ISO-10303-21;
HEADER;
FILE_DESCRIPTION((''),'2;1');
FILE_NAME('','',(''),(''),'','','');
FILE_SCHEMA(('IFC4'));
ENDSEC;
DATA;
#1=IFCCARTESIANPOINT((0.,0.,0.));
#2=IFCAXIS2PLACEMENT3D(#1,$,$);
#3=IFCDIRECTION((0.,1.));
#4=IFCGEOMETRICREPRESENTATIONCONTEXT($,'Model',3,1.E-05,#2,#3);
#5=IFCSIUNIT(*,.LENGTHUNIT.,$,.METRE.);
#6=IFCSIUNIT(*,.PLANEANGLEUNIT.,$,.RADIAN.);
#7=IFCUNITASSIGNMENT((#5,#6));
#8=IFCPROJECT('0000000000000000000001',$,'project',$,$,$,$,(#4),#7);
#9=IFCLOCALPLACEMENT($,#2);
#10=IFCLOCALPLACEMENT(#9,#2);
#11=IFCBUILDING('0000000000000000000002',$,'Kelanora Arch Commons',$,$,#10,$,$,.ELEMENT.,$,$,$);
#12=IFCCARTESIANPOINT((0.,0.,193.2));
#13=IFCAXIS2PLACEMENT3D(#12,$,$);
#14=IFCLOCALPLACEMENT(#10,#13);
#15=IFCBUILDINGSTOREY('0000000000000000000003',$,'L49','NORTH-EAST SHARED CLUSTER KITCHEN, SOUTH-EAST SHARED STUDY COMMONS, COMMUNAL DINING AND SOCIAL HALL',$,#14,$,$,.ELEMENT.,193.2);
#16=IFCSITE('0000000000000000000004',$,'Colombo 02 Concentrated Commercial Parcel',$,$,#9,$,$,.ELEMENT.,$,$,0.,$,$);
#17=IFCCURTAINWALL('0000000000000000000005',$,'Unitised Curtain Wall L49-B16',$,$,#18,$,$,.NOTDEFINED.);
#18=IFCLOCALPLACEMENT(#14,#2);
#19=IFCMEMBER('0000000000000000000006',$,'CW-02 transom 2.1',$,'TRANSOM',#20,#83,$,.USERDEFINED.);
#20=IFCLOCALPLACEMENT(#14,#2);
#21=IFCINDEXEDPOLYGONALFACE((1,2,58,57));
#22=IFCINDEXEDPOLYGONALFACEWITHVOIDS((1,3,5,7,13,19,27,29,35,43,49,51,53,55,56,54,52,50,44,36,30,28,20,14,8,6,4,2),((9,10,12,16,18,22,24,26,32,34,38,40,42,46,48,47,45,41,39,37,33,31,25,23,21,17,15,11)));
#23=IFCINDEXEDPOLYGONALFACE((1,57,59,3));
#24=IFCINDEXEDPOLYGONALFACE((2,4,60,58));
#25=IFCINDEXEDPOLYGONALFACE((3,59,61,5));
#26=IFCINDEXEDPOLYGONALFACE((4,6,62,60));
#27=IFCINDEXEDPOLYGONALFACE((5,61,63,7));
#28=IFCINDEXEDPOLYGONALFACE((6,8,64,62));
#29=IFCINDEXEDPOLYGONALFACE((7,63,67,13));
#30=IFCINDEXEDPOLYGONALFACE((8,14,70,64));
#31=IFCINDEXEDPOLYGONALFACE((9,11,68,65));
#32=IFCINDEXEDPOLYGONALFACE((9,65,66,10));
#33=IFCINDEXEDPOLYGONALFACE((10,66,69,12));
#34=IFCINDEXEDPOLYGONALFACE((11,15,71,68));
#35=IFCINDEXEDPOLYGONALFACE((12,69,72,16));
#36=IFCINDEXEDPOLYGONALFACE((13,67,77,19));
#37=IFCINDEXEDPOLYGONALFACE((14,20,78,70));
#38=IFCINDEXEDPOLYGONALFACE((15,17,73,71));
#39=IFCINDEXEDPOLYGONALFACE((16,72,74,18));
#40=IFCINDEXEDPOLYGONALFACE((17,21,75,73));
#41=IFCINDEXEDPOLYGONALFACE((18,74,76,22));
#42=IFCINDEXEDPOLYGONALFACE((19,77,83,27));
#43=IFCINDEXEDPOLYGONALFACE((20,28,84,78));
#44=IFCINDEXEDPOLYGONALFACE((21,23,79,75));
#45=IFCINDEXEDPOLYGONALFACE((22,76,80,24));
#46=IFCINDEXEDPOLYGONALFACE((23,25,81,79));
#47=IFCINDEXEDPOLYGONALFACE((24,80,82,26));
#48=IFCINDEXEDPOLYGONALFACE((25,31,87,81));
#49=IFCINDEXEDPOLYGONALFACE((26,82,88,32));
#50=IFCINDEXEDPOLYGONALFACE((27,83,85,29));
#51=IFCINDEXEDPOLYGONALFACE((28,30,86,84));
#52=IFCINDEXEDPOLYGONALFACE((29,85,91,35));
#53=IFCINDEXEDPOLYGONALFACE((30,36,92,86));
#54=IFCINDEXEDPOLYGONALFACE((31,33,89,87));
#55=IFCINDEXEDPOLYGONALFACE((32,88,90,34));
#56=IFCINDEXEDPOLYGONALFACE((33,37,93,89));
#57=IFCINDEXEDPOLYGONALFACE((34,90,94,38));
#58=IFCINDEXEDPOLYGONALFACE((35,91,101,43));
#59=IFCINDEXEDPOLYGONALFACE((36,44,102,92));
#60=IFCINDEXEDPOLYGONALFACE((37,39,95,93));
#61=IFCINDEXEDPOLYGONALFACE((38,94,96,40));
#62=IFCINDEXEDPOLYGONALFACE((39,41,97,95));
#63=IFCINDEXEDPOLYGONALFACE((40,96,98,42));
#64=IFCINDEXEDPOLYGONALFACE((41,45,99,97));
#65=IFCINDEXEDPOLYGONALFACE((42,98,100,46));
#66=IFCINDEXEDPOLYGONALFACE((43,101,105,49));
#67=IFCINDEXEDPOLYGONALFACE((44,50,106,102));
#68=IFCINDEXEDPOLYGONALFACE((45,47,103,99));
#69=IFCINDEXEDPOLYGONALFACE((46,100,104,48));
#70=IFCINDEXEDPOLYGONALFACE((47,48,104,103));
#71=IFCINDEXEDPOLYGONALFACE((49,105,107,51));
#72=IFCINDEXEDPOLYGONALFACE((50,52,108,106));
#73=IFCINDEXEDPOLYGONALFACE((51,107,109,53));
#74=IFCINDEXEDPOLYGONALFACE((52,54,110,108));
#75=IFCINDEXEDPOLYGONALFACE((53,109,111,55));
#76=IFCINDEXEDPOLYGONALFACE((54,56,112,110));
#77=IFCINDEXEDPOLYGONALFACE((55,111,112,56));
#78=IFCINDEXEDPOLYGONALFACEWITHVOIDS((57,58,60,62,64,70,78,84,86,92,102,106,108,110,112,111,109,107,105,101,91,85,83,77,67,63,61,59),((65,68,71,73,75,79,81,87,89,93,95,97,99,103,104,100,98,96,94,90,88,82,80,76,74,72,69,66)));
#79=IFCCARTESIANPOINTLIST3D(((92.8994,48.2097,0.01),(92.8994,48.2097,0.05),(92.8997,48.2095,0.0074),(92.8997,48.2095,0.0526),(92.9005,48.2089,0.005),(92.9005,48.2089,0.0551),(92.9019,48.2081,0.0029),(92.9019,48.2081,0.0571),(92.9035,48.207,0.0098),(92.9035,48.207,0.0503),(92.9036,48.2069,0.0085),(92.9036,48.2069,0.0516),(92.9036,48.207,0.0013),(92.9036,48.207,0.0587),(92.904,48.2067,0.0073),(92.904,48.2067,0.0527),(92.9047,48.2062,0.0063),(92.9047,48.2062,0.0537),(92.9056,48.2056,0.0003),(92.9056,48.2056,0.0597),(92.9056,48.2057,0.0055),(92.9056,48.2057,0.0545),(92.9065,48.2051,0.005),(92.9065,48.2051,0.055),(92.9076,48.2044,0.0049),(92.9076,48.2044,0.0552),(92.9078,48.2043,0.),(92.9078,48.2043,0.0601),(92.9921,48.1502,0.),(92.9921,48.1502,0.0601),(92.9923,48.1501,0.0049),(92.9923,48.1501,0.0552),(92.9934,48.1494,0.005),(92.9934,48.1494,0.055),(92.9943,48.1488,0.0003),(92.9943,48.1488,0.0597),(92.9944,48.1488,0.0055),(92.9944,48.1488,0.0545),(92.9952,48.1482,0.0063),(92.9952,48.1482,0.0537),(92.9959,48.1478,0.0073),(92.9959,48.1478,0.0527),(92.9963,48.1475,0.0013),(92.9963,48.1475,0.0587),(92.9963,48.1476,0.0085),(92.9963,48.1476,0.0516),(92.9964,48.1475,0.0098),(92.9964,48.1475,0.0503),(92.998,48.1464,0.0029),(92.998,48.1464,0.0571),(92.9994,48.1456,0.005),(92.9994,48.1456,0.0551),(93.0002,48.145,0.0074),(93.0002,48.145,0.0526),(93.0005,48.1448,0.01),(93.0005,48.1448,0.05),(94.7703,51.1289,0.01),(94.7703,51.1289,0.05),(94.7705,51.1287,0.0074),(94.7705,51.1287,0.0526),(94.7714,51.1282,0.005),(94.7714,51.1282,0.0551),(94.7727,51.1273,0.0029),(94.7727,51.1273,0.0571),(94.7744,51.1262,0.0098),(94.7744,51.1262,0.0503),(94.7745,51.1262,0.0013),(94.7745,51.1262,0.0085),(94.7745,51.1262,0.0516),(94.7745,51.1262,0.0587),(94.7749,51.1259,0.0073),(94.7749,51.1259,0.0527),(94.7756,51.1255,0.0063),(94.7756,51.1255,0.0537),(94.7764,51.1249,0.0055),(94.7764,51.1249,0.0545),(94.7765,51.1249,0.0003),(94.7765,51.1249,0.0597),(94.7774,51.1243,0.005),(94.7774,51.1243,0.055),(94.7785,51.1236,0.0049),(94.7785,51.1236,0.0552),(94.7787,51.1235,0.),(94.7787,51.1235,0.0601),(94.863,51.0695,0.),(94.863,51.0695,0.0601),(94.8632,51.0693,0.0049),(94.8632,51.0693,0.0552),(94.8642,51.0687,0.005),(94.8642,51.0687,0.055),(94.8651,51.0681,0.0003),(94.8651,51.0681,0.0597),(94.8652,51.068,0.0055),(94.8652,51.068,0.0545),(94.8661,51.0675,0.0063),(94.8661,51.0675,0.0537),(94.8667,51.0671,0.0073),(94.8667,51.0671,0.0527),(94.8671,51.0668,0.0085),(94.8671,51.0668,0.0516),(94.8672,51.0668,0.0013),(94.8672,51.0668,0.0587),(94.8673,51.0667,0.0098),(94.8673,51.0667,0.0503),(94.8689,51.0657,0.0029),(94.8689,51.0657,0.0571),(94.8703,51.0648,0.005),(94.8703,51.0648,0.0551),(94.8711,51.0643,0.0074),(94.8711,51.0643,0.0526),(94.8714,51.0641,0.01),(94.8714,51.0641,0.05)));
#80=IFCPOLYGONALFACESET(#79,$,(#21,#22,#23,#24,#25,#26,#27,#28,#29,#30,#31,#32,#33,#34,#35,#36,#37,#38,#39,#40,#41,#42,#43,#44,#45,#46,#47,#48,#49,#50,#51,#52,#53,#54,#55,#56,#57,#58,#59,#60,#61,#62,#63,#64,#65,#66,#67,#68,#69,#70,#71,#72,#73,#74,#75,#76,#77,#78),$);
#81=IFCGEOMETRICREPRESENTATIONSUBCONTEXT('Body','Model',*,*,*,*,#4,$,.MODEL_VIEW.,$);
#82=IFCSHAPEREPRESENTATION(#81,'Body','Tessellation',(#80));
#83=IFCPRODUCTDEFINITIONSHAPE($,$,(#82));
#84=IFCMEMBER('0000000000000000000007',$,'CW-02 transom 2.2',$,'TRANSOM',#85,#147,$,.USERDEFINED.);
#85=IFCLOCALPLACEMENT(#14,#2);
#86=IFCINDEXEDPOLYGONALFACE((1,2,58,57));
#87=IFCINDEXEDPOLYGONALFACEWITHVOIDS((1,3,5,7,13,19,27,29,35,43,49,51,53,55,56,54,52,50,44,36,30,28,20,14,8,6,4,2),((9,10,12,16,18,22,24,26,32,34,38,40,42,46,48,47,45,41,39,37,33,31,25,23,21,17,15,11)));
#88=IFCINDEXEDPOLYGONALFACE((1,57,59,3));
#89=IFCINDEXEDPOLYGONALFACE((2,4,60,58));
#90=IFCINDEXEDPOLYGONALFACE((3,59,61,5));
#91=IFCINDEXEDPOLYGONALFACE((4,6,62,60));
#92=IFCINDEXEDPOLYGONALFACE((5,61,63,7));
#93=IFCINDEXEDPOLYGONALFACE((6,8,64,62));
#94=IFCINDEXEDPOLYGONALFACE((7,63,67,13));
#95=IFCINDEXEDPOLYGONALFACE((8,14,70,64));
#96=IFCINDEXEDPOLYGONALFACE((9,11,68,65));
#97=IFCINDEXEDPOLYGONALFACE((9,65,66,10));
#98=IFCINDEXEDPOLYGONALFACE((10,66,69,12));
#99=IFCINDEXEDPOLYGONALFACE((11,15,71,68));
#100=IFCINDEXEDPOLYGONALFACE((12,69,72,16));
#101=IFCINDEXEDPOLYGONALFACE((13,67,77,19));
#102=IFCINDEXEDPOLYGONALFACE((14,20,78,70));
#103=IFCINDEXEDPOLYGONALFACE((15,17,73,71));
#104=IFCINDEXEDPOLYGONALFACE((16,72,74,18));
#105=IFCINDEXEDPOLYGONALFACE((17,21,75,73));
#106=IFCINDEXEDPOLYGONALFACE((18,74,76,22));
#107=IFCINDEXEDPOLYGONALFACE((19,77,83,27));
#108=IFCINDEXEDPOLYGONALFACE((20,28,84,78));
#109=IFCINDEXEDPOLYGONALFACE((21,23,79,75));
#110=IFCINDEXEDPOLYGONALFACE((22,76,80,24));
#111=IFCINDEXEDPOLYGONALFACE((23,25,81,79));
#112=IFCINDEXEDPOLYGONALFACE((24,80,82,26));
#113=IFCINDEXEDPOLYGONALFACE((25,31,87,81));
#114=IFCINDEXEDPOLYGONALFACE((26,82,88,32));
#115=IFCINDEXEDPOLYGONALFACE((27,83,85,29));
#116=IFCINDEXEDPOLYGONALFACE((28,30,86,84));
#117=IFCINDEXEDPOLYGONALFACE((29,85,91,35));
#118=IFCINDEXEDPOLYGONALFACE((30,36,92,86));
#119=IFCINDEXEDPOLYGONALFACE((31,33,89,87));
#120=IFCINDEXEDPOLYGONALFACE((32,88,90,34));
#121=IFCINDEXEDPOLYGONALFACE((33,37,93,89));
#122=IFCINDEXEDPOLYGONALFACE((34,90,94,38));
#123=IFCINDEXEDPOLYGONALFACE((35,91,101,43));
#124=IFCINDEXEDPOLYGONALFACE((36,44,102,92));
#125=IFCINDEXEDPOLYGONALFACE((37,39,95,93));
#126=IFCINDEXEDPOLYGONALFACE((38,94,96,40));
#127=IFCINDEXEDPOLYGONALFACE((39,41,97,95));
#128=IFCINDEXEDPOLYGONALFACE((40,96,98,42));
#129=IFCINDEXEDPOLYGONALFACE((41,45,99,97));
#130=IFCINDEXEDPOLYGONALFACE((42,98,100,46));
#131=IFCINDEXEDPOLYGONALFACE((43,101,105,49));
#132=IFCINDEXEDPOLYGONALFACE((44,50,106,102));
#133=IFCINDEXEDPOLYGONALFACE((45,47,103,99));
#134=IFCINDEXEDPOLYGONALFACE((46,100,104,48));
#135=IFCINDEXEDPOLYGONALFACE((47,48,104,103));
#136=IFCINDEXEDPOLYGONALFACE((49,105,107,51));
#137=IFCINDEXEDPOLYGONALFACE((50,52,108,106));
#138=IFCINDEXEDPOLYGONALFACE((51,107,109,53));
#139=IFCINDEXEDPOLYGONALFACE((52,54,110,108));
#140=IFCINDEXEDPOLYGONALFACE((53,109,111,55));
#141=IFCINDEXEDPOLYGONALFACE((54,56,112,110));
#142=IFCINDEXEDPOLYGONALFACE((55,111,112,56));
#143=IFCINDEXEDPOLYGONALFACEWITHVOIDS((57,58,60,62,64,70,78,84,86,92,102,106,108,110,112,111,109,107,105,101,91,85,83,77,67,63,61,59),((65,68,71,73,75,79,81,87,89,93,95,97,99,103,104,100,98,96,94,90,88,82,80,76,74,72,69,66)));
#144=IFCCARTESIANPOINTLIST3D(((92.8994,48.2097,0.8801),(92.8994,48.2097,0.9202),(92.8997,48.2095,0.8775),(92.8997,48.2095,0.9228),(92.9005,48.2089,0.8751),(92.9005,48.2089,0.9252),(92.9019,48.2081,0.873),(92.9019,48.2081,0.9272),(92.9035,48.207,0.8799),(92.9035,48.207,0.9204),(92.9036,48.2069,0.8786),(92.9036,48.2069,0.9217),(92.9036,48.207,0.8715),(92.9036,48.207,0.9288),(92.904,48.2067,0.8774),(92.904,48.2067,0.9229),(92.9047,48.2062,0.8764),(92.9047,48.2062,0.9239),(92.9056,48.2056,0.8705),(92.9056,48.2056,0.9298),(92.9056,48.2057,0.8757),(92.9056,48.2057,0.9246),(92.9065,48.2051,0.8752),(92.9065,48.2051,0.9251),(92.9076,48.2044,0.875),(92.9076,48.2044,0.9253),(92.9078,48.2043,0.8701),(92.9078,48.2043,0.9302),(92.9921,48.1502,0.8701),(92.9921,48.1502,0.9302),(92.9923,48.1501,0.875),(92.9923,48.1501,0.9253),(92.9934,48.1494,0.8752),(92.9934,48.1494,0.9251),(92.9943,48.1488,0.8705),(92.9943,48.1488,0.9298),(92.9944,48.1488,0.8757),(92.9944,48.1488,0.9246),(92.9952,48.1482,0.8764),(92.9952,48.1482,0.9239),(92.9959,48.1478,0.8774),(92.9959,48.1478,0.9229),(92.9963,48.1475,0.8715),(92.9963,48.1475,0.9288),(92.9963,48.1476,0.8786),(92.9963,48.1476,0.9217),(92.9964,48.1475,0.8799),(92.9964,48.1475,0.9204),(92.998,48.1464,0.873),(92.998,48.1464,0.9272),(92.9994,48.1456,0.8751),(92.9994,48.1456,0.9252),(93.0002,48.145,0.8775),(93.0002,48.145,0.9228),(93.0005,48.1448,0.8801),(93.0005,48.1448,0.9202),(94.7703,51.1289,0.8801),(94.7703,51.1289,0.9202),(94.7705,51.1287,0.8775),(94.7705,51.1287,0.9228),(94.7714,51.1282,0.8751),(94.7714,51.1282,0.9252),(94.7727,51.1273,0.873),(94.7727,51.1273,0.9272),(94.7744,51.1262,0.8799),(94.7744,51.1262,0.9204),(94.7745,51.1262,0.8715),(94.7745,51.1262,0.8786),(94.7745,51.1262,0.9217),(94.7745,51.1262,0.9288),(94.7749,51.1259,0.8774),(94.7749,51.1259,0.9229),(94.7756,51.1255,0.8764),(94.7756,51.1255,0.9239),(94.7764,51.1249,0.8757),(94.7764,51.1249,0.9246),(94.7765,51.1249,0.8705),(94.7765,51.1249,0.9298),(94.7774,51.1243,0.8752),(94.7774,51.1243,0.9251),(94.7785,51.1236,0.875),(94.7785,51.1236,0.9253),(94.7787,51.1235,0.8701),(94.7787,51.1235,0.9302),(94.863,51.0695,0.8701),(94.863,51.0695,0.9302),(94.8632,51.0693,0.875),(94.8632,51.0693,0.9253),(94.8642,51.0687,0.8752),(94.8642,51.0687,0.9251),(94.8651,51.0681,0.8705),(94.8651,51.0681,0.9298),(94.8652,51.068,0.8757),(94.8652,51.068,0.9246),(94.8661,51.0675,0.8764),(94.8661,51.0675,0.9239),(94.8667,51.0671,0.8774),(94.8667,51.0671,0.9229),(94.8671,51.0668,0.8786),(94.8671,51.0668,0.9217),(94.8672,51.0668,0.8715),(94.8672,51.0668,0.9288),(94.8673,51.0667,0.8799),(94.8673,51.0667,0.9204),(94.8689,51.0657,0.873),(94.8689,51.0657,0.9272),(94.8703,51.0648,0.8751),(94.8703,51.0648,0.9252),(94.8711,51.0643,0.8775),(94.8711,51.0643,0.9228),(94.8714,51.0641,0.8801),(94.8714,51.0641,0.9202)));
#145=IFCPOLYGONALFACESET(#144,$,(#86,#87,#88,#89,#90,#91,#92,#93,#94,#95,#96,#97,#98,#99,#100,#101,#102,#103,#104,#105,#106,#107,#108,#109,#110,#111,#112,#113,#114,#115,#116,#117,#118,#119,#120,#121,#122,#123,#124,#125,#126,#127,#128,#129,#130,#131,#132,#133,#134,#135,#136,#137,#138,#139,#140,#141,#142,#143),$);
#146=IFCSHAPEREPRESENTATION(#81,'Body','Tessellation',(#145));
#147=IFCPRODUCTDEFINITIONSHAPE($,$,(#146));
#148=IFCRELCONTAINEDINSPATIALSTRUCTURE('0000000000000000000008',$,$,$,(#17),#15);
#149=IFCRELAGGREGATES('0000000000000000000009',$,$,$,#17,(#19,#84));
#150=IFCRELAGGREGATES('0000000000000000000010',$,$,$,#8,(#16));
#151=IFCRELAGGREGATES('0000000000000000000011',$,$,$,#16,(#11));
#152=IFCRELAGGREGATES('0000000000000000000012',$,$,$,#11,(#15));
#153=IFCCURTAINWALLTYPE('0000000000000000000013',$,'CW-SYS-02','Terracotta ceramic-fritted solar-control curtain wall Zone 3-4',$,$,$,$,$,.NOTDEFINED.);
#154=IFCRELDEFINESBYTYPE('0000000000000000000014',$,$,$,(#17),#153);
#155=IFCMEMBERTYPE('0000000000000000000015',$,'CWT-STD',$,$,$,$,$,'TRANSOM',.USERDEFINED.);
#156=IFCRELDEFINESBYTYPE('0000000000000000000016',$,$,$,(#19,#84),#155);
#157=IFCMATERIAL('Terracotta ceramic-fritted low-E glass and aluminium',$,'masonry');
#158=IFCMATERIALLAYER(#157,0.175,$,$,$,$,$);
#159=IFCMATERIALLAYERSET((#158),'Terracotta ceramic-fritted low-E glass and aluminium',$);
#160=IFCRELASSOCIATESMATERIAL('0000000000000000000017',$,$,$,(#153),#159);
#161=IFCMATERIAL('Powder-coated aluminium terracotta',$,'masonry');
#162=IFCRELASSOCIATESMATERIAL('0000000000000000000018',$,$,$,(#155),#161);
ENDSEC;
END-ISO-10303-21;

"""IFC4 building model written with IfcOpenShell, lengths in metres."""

from ifc_helpers import new_model, si_unit, direction, frame, origin, origin_2d, place, context, subcontext, project, spatial, hollow_rectangle, extrude, material, layer, layer_set, material_profile, profile_set, type_object, element, aggregate, save


model = new_model("IFC4")

# Units and contexts
model_context = context("Model", 3, precision=1e-05, world=origin(), true_north=direction((0.0, 1.0)))
body_context = subcontext(model_context, "Body", "Model", "MODEL_VIEW")
ifc_project = project(units=[si_unit("LENGTHUNIT", "METRE"), si_unit("PLANEANGLEUNIT", "RADIAN")], contexts=[model_context])

# Site, building, storey
site_placement = place(None, origin())
site = spatial("IfcSite", under=ifc_project, at=site_placement, Name="Colombo 02 Concentrated Commercial Parcel", CompositionType="ELEMENT", RefElevation=0.0)
building_placement = place(site_placement, origin())
building = spatial("IfcBuilding", under=site, at=building_placement, Name="Kelanora Arch Commons", CompositionType="ELEMENT")
storey_placement = place(building_placement, frame((0.0, 0.0, 193.2)))
storey = spatial("IfcBuildingStorey", under=building, at=storey_placement, Name="L49", Description="NORTH-EAST SHARED CLUSTER KITCHEN, SOUTH-EAST SHARED STUDY COMMONS, COMMUNAL DINING AND SOCIAL HALL", CompositionType="ELEMENT", Elevation=193.2)

# Curtain wall, members
ifc_material_1 = material(Name="Terracotta ceramic-fritted low-E glass and aluminium", Category="masonry")
ifc_layer_1 = layer(ifc_material_1, 0.175)
ifc_layer_set_1 = layer_set([ifc_layer_1], Name="Terracotta ceramic-fritted low-E glass and aluminium")
curtain_wall_type = type_object("IfcCurtainWallType", Name="CW-SYS-02", Description="Terracotta ceramic-fritted solar-control curtain wall Zone 3-4", PredefinedType="NOTDEFINED", material=ifc_layer_set_1)
curtain_wall_placement = place(storey_placement, origin())
curtain_wall = element("IfcCurtainWall", 1, at=curtain_wall_placement, inside=storey, type_object=curtain_wall_type, Name="Unitised Curtain Wall L49-B16", PredefinedType="NOTDEFINED")
ifc_material_2 = material(Name="Powder-coated aluminium terracotta", Category="masonry")
ifc_material_profile_1 = material_profile(ifc_material_2, hollow_rectangle(XDim=0.1201, YDim=0.0601, WallThickness=0.0049, InnerFilletRadius=0.0049, OuterFilletRadius=0.01, at=origin_2d()), Name="CWT120x60")
ifc_profile_set_1 = profile_set([ifc_material_profile_1], Name="Powder-coated aluminium terracotta")
member_type_1 = type_object("IfcMemberType", Name="CWT-STD", ElementType="TRANSOM", PredefinedType="USERDEFINED", material=ifc_profile_set_1)
member_1_placement = place(storey_placement, frame((92.95, 48.1772, 0.03), z_axis=(0.539579, 0.841935, 0.0), x_axis=(-0.841935, 0.539579, 0.0)))
member_1 = element("IfcMember", 2, at=member_1_placement, type_object=member_type_1, Name="CW-02 transom 2.1", ObjectType="TRANSOM", PredefinedType="USERDEFINED", context=body_context, shape_type="SweptSolid", body=[
    extrude(hollow_rectangle(XDim=0.1201, YDim=0.0601, WallThickness=0.0049, InnerFilletRadius=0.0049, OuterFilletRadius=0.01, at=origin_2d()), origin(), (0.0, 0.0, 1.0), 3.4673),
])
member_2_placement = place(storey_placement, frame((92.95, 48.1772, 0.9001), z_axis=(0.539579, 0.841935, 0.0), x_axis=(-0.841935, 0.539579, 0.0)))
member_2 = element("IfcMember", 3, at=member_2_placement, type_object=member_type_1, Name="CW-02 transom 2.2", ObjectType="TRANSOM", PredefinedType="USERDEFINED", context=body_context, shape_type="SweptSolid", body=[
    extrude(hollow_rectangle(XDim=0.1201, YDim=0.0601, WallThickness=0.0049, InnerFilletRadius=0.0049, OuterFilletRadius=0.01, at=origin_2d()), origin(), (0.0, 0.0, 1.0), 3.4673),
])
aggregate(curtain_wall, [member_1, member_2])

save(model, "model.ifc")
